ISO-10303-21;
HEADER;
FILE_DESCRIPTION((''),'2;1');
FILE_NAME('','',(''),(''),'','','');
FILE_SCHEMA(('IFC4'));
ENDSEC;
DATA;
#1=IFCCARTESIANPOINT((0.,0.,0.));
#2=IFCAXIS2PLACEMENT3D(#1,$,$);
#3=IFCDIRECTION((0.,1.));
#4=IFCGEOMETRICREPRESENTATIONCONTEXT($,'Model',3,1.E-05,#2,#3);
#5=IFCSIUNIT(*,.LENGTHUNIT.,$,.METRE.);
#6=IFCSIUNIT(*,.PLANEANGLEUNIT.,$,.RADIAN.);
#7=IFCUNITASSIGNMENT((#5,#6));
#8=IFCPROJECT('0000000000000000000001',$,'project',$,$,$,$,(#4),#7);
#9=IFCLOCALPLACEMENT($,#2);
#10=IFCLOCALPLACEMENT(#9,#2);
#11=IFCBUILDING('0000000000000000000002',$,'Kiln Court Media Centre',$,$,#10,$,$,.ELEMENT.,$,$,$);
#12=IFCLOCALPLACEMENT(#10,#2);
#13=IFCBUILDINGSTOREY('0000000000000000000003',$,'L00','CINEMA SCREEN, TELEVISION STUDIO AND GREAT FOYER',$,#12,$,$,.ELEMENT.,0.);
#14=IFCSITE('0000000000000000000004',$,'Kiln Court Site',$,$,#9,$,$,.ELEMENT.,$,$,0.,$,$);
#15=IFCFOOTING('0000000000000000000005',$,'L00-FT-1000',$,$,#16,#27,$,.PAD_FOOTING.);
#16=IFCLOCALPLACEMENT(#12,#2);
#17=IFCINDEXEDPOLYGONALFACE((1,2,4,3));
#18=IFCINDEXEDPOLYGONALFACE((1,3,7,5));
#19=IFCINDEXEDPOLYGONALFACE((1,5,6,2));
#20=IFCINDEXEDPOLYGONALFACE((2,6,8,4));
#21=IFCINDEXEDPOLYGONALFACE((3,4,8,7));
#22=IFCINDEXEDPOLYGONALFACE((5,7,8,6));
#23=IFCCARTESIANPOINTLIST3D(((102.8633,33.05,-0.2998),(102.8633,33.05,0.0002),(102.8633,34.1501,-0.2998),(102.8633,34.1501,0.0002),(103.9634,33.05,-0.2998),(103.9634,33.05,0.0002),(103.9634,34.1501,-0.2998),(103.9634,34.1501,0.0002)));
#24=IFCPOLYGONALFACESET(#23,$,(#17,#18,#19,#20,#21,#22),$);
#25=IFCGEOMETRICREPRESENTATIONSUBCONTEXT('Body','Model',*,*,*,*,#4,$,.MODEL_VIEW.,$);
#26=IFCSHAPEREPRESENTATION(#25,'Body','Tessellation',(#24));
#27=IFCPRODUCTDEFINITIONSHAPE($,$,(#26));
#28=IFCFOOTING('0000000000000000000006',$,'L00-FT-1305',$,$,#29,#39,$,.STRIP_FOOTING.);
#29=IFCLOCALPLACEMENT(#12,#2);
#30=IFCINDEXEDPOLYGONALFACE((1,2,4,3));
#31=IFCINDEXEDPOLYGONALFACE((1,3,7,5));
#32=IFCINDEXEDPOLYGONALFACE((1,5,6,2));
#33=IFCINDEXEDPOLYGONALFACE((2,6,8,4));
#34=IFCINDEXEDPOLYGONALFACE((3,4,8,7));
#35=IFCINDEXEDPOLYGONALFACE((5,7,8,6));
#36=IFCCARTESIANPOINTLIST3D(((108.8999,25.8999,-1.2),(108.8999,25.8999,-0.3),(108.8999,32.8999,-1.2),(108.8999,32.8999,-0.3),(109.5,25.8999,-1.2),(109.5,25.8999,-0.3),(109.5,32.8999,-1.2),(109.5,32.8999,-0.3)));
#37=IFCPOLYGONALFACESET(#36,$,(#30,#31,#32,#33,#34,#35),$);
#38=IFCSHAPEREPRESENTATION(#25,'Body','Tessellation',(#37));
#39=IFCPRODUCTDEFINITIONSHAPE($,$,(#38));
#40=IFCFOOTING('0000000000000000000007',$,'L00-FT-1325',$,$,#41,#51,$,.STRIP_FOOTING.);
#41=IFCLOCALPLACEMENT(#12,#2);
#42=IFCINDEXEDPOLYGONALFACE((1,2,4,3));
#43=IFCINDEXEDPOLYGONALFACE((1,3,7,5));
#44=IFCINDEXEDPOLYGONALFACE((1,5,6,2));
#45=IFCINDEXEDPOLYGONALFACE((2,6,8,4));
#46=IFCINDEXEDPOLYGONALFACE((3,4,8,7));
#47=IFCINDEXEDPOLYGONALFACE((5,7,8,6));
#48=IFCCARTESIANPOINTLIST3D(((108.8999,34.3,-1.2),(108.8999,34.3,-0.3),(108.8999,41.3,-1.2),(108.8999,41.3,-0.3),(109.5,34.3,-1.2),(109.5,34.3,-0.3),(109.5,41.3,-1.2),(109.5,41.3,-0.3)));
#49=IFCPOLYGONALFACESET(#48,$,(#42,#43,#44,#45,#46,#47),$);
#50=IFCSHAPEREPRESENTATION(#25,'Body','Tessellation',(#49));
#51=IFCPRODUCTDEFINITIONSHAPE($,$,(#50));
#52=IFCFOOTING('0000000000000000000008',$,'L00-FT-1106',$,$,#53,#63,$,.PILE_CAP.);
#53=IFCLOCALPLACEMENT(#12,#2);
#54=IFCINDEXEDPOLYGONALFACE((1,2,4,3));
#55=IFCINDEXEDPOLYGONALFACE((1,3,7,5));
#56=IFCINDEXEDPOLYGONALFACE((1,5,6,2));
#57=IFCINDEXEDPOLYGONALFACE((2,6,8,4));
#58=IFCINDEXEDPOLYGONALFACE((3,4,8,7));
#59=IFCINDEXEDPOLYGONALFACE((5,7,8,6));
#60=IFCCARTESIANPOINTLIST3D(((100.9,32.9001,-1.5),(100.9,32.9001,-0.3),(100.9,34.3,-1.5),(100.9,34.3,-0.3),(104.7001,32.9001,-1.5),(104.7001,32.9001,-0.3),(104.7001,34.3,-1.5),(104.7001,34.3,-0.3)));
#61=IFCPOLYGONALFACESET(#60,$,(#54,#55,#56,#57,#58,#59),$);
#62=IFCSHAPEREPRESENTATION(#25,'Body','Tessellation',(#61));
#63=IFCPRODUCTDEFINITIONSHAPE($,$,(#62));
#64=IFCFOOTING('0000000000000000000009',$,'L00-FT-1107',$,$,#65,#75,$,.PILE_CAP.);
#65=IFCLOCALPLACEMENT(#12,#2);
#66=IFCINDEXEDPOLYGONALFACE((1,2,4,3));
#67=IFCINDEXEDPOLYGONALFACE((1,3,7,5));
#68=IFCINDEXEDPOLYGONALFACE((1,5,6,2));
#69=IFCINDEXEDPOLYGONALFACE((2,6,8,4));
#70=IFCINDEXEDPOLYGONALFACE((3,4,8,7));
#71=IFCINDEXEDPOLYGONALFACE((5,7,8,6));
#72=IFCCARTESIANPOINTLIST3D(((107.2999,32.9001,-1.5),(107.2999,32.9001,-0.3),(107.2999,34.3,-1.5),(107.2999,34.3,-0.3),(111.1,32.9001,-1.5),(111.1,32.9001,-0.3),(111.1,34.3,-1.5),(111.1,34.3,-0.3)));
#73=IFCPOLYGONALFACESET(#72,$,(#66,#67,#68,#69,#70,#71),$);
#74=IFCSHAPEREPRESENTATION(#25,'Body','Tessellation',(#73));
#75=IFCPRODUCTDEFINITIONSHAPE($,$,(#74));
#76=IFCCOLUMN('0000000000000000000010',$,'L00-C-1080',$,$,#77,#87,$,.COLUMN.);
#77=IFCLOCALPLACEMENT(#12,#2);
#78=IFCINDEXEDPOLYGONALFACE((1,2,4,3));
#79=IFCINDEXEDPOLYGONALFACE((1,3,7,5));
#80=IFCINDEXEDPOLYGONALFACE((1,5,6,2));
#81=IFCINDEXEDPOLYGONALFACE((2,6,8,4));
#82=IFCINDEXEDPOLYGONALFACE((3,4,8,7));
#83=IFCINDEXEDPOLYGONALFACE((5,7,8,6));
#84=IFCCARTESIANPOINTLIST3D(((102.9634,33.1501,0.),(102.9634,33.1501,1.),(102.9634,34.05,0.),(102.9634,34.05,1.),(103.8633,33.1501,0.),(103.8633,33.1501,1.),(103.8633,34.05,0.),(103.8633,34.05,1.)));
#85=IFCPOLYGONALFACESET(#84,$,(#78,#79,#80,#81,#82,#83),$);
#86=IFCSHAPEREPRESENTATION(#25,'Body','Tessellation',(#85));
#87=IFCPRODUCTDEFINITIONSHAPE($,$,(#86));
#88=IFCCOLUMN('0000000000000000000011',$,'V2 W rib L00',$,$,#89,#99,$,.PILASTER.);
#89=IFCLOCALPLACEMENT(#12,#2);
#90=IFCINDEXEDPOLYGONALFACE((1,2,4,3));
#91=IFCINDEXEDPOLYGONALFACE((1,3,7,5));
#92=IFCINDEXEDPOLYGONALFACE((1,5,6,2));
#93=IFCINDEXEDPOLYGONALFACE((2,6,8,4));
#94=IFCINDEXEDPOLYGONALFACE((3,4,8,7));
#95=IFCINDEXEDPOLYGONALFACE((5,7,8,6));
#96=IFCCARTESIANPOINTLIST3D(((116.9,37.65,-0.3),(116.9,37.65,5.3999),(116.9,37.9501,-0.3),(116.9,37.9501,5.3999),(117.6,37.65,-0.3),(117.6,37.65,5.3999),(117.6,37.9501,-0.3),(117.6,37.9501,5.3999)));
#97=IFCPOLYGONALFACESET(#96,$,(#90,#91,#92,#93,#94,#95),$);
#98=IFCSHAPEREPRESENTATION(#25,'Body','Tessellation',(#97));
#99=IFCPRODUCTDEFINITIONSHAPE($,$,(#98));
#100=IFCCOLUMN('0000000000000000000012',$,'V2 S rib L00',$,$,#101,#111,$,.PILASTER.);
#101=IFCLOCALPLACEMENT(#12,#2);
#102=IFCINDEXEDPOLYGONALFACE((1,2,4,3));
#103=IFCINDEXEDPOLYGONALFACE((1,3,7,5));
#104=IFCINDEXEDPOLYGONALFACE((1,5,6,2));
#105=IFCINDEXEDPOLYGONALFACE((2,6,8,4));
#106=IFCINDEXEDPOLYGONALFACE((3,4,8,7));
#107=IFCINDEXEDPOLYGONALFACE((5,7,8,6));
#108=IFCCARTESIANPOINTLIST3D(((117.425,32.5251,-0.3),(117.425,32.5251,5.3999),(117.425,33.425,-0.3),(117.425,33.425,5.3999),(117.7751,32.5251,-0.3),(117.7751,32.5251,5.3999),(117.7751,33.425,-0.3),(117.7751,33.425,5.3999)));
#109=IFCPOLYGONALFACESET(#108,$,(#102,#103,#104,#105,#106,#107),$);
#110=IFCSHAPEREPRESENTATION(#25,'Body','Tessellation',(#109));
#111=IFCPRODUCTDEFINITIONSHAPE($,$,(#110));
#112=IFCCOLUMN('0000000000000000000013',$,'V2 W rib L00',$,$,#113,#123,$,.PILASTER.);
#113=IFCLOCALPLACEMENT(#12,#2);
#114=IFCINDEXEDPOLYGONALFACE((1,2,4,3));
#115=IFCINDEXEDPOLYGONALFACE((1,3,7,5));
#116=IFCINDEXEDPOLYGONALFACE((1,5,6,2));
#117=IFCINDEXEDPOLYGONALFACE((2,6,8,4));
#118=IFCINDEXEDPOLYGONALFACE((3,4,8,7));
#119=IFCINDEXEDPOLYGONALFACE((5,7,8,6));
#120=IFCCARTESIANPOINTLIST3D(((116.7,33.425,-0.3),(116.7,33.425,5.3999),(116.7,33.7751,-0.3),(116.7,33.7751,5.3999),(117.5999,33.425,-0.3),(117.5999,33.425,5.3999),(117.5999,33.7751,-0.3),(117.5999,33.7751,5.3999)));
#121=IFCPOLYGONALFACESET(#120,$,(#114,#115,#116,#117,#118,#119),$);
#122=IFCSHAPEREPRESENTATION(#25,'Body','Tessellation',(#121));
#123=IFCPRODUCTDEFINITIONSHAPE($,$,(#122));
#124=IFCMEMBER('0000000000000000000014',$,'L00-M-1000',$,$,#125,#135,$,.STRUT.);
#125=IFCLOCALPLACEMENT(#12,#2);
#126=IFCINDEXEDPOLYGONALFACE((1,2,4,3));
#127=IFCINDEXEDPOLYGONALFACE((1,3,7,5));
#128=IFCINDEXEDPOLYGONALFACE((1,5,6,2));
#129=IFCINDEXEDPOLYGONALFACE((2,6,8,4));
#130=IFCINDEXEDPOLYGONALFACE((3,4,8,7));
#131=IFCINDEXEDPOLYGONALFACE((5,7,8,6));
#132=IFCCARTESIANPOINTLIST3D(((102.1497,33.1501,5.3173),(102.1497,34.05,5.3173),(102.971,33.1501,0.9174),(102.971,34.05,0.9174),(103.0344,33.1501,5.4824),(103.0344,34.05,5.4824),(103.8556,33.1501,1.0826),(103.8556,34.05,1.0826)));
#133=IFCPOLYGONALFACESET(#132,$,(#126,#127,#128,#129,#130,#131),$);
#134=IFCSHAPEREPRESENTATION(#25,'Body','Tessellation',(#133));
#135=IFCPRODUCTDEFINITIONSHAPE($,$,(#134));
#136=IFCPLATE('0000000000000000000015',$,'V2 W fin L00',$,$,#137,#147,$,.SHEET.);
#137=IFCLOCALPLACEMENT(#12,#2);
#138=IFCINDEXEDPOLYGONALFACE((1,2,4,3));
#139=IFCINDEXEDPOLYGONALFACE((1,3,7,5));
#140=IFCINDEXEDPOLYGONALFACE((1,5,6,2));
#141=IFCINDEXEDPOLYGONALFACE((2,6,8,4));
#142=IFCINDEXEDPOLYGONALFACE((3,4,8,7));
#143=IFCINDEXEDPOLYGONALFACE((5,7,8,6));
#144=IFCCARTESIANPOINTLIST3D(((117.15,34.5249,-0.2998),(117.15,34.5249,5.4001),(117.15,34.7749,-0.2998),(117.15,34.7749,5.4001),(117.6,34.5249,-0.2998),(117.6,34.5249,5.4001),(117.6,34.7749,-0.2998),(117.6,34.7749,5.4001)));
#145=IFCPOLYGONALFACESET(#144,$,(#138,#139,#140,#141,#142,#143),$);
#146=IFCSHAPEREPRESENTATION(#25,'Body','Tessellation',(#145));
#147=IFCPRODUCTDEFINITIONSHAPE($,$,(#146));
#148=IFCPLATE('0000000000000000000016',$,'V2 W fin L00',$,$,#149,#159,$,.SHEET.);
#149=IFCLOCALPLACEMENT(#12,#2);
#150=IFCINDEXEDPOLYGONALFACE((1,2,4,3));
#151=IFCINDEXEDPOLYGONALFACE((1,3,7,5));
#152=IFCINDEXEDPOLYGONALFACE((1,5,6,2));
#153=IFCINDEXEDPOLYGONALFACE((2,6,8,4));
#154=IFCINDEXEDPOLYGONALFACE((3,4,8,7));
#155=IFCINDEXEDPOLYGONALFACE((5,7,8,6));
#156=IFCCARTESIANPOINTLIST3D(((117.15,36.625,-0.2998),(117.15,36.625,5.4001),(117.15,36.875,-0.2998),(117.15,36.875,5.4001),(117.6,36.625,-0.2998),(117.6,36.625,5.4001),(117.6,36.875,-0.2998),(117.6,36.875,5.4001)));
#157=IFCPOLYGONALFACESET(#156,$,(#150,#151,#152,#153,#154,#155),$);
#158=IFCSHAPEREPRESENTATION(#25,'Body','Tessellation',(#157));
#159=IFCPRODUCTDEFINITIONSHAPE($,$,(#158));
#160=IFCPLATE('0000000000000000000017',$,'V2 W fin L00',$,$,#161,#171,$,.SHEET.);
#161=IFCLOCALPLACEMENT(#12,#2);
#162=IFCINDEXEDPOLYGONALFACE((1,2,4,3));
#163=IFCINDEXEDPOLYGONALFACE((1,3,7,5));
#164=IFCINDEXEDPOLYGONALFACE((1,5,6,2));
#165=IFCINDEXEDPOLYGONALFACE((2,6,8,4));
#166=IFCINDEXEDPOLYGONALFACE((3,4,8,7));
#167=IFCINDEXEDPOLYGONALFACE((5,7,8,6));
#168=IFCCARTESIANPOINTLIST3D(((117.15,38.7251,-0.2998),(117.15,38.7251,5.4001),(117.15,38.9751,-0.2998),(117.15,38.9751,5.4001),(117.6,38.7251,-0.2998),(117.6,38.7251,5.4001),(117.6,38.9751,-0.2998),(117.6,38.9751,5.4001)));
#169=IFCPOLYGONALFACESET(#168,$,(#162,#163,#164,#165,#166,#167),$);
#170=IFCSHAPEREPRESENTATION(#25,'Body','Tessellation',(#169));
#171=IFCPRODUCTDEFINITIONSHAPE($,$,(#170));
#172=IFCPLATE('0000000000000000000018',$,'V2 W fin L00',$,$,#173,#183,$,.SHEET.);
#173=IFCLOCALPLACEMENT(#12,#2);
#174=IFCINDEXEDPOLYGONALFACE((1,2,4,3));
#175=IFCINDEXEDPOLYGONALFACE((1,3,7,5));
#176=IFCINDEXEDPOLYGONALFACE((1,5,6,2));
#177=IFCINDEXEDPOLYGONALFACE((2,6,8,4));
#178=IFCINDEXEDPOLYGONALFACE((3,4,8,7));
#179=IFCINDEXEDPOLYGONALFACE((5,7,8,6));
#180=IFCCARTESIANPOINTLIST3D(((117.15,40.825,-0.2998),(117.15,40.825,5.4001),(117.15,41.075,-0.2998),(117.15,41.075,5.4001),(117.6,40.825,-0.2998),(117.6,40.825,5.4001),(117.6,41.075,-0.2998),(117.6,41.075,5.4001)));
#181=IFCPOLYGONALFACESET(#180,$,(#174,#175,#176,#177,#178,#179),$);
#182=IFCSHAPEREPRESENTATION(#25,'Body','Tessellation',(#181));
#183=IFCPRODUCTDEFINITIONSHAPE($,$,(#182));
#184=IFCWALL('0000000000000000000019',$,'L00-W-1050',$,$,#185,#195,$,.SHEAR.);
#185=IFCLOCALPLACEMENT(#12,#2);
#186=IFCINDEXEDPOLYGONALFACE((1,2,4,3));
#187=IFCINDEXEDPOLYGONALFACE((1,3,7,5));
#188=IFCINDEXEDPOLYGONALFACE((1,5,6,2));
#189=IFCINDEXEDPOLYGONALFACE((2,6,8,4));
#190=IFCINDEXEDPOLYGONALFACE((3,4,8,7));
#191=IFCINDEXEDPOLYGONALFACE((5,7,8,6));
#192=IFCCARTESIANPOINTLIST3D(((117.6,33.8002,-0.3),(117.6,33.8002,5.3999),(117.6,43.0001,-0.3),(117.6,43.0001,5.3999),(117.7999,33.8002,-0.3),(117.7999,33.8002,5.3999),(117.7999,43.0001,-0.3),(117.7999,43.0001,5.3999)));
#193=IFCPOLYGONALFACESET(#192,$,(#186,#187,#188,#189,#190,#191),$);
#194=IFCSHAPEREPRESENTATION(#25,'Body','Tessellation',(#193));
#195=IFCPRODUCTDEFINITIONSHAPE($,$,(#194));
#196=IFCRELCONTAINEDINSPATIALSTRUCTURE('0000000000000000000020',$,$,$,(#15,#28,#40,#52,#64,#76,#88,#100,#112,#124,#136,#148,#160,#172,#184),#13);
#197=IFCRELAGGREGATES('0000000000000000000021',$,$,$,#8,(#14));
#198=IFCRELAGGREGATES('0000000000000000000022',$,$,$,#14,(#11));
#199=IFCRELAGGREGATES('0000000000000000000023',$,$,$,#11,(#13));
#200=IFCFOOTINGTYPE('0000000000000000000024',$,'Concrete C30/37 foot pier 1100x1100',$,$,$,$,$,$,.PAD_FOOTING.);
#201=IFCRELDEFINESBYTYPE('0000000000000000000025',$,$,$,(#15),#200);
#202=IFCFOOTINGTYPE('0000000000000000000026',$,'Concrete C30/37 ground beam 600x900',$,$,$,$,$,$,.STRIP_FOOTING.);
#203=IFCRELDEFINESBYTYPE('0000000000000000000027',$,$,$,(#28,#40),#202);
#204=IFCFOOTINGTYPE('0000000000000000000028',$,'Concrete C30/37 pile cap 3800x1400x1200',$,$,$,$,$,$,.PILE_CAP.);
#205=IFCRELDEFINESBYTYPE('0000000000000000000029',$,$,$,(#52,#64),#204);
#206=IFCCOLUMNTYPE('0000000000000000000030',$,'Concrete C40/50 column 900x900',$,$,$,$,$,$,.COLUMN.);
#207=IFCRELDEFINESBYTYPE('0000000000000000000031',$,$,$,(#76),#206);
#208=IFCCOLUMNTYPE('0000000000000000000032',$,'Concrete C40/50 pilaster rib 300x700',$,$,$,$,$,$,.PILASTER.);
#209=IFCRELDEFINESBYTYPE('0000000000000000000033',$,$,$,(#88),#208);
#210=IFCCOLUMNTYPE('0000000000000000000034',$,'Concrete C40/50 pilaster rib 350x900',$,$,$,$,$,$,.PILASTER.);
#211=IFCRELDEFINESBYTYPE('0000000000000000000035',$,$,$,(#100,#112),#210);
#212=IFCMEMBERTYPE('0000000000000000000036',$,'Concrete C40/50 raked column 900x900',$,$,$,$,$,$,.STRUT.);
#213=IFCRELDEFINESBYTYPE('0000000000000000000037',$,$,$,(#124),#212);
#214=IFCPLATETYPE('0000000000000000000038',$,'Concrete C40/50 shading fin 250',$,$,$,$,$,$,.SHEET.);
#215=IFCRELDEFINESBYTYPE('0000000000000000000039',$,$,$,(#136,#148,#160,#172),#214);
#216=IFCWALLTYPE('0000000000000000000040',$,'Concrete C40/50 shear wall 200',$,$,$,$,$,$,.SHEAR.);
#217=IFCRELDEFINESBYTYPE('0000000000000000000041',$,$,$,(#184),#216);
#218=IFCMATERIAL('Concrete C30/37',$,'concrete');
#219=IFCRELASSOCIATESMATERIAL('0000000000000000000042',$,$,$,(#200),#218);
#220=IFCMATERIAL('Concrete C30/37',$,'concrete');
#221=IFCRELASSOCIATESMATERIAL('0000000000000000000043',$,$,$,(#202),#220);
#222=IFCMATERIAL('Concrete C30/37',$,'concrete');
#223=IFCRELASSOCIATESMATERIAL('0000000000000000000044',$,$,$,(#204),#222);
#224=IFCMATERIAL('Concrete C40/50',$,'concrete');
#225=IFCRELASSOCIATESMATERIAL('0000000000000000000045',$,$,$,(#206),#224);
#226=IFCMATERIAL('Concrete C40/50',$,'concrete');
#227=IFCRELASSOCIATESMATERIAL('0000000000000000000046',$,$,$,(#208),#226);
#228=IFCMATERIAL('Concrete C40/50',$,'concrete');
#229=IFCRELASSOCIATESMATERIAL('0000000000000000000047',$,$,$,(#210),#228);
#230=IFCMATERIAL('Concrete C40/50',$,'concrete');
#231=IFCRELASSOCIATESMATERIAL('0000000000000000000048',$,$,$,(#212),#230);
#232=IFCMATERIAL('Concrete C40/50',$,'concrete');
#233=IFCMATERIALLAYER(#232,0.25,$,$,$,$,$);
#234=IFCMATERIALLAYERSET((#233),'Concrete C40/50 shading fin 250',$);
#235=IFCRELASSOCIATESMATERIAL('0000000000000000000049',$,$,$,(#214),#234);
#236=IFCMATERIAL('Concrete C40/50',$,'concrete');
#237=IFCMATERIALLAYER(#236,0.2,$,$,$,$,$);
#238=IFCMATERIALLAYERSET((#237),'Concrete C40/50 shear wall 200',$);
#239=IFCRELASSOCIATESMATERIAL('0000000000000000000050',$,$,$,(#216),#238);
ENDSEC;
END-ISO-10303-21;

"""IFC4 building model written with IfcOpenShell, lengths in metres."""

from ifc_helpers import new_model, si_unit, direction, frame, frame_2d, origin, origin_2d, place, context, subcontext, project, spatial, rectangle, extrude, material, layer, layer_set, material_profile, profile_set, type_object, element, save


model = new_model("IFC4")

# Units and contexts
model_context = context("Model", 3, precision=1e-05, world=origin(), true_north=direction((0.0, 1.0)))
body_context = subcontext(model_context, "Body", "Model", "MODEL_VIEW")
ifc_project = project(units=[si_unit("LENGTHUNIT", "METRE"), si_unit("PLANEANGLEUNIT", "RADIAN")], contexts=[model_context])

# Site, building, storey
site_placement = place(None, origin())
site = spatial("IfcSite", under=ifc_project, at=site_placement, Name="Kiln Court Site", CompositionType="ELEMENT", RefElevation=0.0)
building_placement = place(site_placement, origin())
building = spatial("IfcBuilding", under=site, at=building_placement, Name="Kiln Court Media Centre", CompositionType="ELEMENT")
storey_placement = place(building_placement, origin())
storey = spatial("IfcBuildingStorey", under=building, at=storey_placement, Name="L00", Description="CINEMA SCREEN, TELEVISION STUDIO AND GREAT FOYER", CompositionType="ELEMENT", Elevation=0.0)

# Footings
ifc_material_1 = material(Name="Concrete C30/37", Category="concrete")
footing_type_1 = type_object("IfcFootingType", Name="Concrete C30/37 foot pier 1100x1100", PredefinedType="PAD_FOOTING", material=ifc_material_1)
footing_1_placement = place(storey_placement, frame((103.4133, 33.6001, -0.2998), z_axis=(0.0, 0.0, 1.0), x_axis=(1.0, 0.0, 0.0)))
element("IfcFooting", 1, at=footing_1_placement, inside=storey, type_object=footing_type_1, Name="L00-FT-1000", PredefinedType="PAD_FOOTING", context=body_context, shape_type="SweptSolid", body=[
    extrude(rectangle(XDim=1.1001, YDim=1.1001, at=origin_2d()), origin(), (0.0, 0.0, 1.0), 0.3),
])
ifc_material_2 = material(Name="Concrete C30/37", Category="concrete")
footing_type_2 = type_object("IfcFootingType", Name="Concrete C30/37 ground beam 600x900", PredefinedType="STRIP_FOOTING", material=ifc_material_2)
for number, where, z_axis, x_axis, name in (
    (2, (109.2, 29.3999, -1.2), (0.0, 0.0, 1.0), (1.0, 0.0, 0.0), "L00-FT-1305"),
    (3, (109.2, 37.8, -1.2), (0.0, 0.0, 1.0), (1.0, 0.0, 0.0), "L00-FT-1325"),
):
    element("IfcFooting", number, at=place(storey_placement, frame(where, z_axis=z_axis, x_axis=x_axis)), inside=storey, type_object=footing_type_2, Name=name, PredefinedType="STRIP_FOOTING", context=body_context, shape_type="SweptSolid", body=[
        extrude(rectangle(XDim=0.6001, YDim=7.0, at=origin_2d()), origin(), (0.0, 0.0, 1.0), 0.8999),
    ])
ifc_material_3 = material(Name="Concrete C30/37", Category="concrete")
footing_type_3 = type_object("IfcFootingType", Name="Concrete C30/37 pile cap 3800x1400x1200", PredefinedType="PILE_CAP", material=ifc_material_3)
for number, where, z_axis, x_axis, name in (
    (4, (102.8, 33.6001, -1.5), (0.0, 0.0, 1.0), (1.0, 0.0, 0.0), "L00-FT-1106"),
    (5, (109.2, 33.6001, -1.5), (0.0, 0.0, 1.0), (1.0, 0.0, 0.0), "L00-FT-1107"),
):
    element("IfcFooting", number, at=place(storey_placement, frame(where, z_axis=z_axis, x_axis=x_axis)), inside=storey, type_object=footing_type_3, Name=name, PredefinedType="PILE_CAP", context=body_context, shape_type="SweptSolid", body=[
        extrude(rectangle(XDim=3.8, YDim=1.3999, at=origin_2d()), origin(), (0.0, 0.0, 1.0), 1.2),
    ])

# Columns
ifc_material_4 = material(Name="Concrete C40/50", Category="concrete")
ifc_material_profile_1 = material_profile(ifc_material_4, rectangle(XDim=0.8999, YDim=0.8999, at=origin_2d()), Name="RC 900x900")
ifc_profile_set_1 = profile_set([ifc_material_profile_1], Name="Concrete C40/50")
column_type_1 = type_object("IfcColumnType", Name="Concrete C40/50 column 900x900", PredefinedType="COLUMN", material=ifc_profile_set_1)
column_1_placement = place(storey_placement, frame((103.4133, 33.6001, 0.0), z_axis=(0.0, 0.0, 1.0), x_axis=(1.0, 0.0, 0.0)))
element("IfcColumn", 6, at=column_1_placement, inside=storey, type_object=column_type_1, Name="L00-C-1080", PredefinedType="COLUMN", context=body_context, shape_type="SweptSolid", body=[
    extrude(rectangle(XDim=0.8999, YDim=0.8999, at=origin_2d()), origin(), (0.0, 0.0, 1.0), 1.0),
])
ifc_material_5 = material(Name="Concrete C40/50", Category="concrete")
ifc_material_profile_2 = material_profile(ifc_material_5, rectangle(XDim=0.3, YDim=0.7, at=origin_2d()), Name="RC 300x700")
ifc_profile_set_2 = profile_set([ifc_material_profile_2], Name="Concrete C40/50")
column_type_2 = type_object("IfcColumnType", Name="Concrete C40/50 pilaster rib 300x700", PredefinedType="PILASTER", material=ifc_profile_set_2)
column_2_placement = place(storey_placement, frame((117.25, 37.8, -0.3), z_axis=(0.0, 0.0, 1.0), x_axis=(0.0, 1.0, 0.0)))
element("IfcColumn", 7, at=column_2_placement, inside=storey, type_object=column_type_2, Name="V2 W rib L00", PredefinedType="PILASTER", context=body_context, shape_type="SweptSolid", body=[
    extrude(rectangle(XDim=0.3, YDim=0.7, at=origin_2d()), origin(), (0.0, 0.0, 1.0), 5.7),
])
ifc_material_6 = material(Name="Concrete C40/50", Category="concrete")
ifc_material_profile_3 = material_profile(ifc_material_6, rectangle(XDim=0.3501, YDim=0.8999, at=origin_2d()), Name="RC 350x900")
ifc_profile_set_3 = profile_set([ifc_material_profile_3], Name="Concrete C40/50")
column_type_3 = type_object("IfcColumnType", Name="Concrete C40/50 pilaster rib 350x900", PredefinedType="PILASTER", material=ifc_profile_set_3)
for number, where, z_axis, x_axis, name in (
    (8, (117.6001, 32.9751, -0.3), (0.0, 0.0, 1.0), (1.0, 0.0, 0.0), "V2 S rib L00"),
    (9, (117.1499, 33.6001, -0.3), (0.0, 0.0, 1.0), (0.0, 1.0, 0.0), "V2 W rib L00"),
):
    element("IfcColumn", number, at=place(storey_placement, frame(where, z_axis=z_axis, x_axis=x_axis)), inside=storey, type_object=column_type_3, Name=name, PredefinedType="PILASTER", context=body_context, shape_type="SweptSolid", body=[
        extrude(rectangle(XDim=0.3501, YDim=0.8999, at=origin_2d()), origin(), (0.0, 0.0, 1.0), 5.7),
    ])

# Member
ifc_material_7 = material(Name="Concrete C40/50", Category="concrete")
ifc_material_profile_4 = material_profile(ifc_material_7, rectangle(XDim=0.8999, YDim=0.8999, at=origin_2d()), Name="RC 900x900")
ifc_profile_set_4 = profile_set([ifc_material_profile_4], Name="Concrete C40/50")
member_type = type_object("IfcMemberType", Name="Concrete C40/50 raked column 900x900", PredefinedType="STRUT", material=ifc_profile_set_4)
member_placement = place(storey_placement, frame((103.4133, 33.6001, 1.0), z_axis=(-0.183491, 0.0, 0.983021), x_axis=(0.0, -1.0, 0.0)))
element("IfcMember", 10, at=member_placement, inside=storey, type_object=member_type, Name="L00-M-1000", PredefinedType="STRUT", context=body_context, shape_type="SweptSolid", body=[
    extrude(rectangle(XDim=0.8999, YDim=0.8999, at=origin_2d()), origin(), (0.0, 0.0, 1.0), 4.4758),
])

# Plates
ifc_material_8 = material(Name="Concrete C40/50", Category="concrete")
ifc_layer_1 = layer(ifc_material_8, 0.25)
ifc_layer_set_1 = layer_set([ifc_layer_1], Name="Concrete C40/50 shading fin 250")
plate_type = type_object("IfcPlateType", Name="Concrete C40/50 shading fin 250", PredefinedType="SHEET", material=ifc_layer_set_1)
for number, where, z_axis, x_axis, name in (
    (11, (117.375, 34.6499, -0.2998), (0.0, 0.0, 1.0), (1.0, 0.0, 0.0), "V2 W fin L00"),
    (12, (117.375, 36.75, -0.2998), (0.0, 0.0, 1.0), (1.0, 0.0, 0.0), "V2 W fin L00"),
    (13, (117.375, 38.8501, -0.2998), (0.0, 0.0, 1.0), (1.0, 0.0, 0.0), "V2 W fin L00"),
    (14, (117.375, 40.95, -0.2998), (0.0, 0.0, 1.0), (1.0, 0.0, 0.0), "V2 W fin L00"),
):
    element("IfcPlate", number, at=place(storey_placement, frame(where, z_axis=z_axis, x_axis=x_axis)), inside=storey, type_object=plate_type, Name=name, PredefinedType="SHEET", context=body_context, shape_type="SweptSolid", body=[
        extrude(rectangle(XDim=0.45, YDim=0.25, at=origin_2d()), origin(), (0.0, 0.0, 1.0), 5.7),
    ])

# Wall
ifc_material_9 = material(Name="Concrete C40/50", Category="concrete")
ifc_layer_2 = layer(ifc_material_9, 0.2)
ifc_layer_set_2 = layer_set([ifc_layer_2], Name="Concrete C40/50 shear wall 200")
wall_type = type_object("IfcWallType", Name="Concrete C40/50 shear wall 200", PredefinedType="SHEAR", material=ifc_layer_set_2)
wall_placement = place(storey_placement, frame((117.7, 33.8, -0.3), z_axis=(0.0, 0.0, 1.0), x_axis=(0.0, 1.0, 0.0)))
element("IfcWall", 15, at=wall_placement, inside=storey, type_object=wall_type, Name="L00-W-1050", PredefinedType="SHEAR", context=body_context, shape_type="SweptSolid", body=[
    extrude(rectangle(XDim=9.2, YDim=0.2, at=frame_2d((4.6001, 0.0))), origin(), (0.0, 0.0, 1.0), 5.7),
])

save(model, "model.ifc")
